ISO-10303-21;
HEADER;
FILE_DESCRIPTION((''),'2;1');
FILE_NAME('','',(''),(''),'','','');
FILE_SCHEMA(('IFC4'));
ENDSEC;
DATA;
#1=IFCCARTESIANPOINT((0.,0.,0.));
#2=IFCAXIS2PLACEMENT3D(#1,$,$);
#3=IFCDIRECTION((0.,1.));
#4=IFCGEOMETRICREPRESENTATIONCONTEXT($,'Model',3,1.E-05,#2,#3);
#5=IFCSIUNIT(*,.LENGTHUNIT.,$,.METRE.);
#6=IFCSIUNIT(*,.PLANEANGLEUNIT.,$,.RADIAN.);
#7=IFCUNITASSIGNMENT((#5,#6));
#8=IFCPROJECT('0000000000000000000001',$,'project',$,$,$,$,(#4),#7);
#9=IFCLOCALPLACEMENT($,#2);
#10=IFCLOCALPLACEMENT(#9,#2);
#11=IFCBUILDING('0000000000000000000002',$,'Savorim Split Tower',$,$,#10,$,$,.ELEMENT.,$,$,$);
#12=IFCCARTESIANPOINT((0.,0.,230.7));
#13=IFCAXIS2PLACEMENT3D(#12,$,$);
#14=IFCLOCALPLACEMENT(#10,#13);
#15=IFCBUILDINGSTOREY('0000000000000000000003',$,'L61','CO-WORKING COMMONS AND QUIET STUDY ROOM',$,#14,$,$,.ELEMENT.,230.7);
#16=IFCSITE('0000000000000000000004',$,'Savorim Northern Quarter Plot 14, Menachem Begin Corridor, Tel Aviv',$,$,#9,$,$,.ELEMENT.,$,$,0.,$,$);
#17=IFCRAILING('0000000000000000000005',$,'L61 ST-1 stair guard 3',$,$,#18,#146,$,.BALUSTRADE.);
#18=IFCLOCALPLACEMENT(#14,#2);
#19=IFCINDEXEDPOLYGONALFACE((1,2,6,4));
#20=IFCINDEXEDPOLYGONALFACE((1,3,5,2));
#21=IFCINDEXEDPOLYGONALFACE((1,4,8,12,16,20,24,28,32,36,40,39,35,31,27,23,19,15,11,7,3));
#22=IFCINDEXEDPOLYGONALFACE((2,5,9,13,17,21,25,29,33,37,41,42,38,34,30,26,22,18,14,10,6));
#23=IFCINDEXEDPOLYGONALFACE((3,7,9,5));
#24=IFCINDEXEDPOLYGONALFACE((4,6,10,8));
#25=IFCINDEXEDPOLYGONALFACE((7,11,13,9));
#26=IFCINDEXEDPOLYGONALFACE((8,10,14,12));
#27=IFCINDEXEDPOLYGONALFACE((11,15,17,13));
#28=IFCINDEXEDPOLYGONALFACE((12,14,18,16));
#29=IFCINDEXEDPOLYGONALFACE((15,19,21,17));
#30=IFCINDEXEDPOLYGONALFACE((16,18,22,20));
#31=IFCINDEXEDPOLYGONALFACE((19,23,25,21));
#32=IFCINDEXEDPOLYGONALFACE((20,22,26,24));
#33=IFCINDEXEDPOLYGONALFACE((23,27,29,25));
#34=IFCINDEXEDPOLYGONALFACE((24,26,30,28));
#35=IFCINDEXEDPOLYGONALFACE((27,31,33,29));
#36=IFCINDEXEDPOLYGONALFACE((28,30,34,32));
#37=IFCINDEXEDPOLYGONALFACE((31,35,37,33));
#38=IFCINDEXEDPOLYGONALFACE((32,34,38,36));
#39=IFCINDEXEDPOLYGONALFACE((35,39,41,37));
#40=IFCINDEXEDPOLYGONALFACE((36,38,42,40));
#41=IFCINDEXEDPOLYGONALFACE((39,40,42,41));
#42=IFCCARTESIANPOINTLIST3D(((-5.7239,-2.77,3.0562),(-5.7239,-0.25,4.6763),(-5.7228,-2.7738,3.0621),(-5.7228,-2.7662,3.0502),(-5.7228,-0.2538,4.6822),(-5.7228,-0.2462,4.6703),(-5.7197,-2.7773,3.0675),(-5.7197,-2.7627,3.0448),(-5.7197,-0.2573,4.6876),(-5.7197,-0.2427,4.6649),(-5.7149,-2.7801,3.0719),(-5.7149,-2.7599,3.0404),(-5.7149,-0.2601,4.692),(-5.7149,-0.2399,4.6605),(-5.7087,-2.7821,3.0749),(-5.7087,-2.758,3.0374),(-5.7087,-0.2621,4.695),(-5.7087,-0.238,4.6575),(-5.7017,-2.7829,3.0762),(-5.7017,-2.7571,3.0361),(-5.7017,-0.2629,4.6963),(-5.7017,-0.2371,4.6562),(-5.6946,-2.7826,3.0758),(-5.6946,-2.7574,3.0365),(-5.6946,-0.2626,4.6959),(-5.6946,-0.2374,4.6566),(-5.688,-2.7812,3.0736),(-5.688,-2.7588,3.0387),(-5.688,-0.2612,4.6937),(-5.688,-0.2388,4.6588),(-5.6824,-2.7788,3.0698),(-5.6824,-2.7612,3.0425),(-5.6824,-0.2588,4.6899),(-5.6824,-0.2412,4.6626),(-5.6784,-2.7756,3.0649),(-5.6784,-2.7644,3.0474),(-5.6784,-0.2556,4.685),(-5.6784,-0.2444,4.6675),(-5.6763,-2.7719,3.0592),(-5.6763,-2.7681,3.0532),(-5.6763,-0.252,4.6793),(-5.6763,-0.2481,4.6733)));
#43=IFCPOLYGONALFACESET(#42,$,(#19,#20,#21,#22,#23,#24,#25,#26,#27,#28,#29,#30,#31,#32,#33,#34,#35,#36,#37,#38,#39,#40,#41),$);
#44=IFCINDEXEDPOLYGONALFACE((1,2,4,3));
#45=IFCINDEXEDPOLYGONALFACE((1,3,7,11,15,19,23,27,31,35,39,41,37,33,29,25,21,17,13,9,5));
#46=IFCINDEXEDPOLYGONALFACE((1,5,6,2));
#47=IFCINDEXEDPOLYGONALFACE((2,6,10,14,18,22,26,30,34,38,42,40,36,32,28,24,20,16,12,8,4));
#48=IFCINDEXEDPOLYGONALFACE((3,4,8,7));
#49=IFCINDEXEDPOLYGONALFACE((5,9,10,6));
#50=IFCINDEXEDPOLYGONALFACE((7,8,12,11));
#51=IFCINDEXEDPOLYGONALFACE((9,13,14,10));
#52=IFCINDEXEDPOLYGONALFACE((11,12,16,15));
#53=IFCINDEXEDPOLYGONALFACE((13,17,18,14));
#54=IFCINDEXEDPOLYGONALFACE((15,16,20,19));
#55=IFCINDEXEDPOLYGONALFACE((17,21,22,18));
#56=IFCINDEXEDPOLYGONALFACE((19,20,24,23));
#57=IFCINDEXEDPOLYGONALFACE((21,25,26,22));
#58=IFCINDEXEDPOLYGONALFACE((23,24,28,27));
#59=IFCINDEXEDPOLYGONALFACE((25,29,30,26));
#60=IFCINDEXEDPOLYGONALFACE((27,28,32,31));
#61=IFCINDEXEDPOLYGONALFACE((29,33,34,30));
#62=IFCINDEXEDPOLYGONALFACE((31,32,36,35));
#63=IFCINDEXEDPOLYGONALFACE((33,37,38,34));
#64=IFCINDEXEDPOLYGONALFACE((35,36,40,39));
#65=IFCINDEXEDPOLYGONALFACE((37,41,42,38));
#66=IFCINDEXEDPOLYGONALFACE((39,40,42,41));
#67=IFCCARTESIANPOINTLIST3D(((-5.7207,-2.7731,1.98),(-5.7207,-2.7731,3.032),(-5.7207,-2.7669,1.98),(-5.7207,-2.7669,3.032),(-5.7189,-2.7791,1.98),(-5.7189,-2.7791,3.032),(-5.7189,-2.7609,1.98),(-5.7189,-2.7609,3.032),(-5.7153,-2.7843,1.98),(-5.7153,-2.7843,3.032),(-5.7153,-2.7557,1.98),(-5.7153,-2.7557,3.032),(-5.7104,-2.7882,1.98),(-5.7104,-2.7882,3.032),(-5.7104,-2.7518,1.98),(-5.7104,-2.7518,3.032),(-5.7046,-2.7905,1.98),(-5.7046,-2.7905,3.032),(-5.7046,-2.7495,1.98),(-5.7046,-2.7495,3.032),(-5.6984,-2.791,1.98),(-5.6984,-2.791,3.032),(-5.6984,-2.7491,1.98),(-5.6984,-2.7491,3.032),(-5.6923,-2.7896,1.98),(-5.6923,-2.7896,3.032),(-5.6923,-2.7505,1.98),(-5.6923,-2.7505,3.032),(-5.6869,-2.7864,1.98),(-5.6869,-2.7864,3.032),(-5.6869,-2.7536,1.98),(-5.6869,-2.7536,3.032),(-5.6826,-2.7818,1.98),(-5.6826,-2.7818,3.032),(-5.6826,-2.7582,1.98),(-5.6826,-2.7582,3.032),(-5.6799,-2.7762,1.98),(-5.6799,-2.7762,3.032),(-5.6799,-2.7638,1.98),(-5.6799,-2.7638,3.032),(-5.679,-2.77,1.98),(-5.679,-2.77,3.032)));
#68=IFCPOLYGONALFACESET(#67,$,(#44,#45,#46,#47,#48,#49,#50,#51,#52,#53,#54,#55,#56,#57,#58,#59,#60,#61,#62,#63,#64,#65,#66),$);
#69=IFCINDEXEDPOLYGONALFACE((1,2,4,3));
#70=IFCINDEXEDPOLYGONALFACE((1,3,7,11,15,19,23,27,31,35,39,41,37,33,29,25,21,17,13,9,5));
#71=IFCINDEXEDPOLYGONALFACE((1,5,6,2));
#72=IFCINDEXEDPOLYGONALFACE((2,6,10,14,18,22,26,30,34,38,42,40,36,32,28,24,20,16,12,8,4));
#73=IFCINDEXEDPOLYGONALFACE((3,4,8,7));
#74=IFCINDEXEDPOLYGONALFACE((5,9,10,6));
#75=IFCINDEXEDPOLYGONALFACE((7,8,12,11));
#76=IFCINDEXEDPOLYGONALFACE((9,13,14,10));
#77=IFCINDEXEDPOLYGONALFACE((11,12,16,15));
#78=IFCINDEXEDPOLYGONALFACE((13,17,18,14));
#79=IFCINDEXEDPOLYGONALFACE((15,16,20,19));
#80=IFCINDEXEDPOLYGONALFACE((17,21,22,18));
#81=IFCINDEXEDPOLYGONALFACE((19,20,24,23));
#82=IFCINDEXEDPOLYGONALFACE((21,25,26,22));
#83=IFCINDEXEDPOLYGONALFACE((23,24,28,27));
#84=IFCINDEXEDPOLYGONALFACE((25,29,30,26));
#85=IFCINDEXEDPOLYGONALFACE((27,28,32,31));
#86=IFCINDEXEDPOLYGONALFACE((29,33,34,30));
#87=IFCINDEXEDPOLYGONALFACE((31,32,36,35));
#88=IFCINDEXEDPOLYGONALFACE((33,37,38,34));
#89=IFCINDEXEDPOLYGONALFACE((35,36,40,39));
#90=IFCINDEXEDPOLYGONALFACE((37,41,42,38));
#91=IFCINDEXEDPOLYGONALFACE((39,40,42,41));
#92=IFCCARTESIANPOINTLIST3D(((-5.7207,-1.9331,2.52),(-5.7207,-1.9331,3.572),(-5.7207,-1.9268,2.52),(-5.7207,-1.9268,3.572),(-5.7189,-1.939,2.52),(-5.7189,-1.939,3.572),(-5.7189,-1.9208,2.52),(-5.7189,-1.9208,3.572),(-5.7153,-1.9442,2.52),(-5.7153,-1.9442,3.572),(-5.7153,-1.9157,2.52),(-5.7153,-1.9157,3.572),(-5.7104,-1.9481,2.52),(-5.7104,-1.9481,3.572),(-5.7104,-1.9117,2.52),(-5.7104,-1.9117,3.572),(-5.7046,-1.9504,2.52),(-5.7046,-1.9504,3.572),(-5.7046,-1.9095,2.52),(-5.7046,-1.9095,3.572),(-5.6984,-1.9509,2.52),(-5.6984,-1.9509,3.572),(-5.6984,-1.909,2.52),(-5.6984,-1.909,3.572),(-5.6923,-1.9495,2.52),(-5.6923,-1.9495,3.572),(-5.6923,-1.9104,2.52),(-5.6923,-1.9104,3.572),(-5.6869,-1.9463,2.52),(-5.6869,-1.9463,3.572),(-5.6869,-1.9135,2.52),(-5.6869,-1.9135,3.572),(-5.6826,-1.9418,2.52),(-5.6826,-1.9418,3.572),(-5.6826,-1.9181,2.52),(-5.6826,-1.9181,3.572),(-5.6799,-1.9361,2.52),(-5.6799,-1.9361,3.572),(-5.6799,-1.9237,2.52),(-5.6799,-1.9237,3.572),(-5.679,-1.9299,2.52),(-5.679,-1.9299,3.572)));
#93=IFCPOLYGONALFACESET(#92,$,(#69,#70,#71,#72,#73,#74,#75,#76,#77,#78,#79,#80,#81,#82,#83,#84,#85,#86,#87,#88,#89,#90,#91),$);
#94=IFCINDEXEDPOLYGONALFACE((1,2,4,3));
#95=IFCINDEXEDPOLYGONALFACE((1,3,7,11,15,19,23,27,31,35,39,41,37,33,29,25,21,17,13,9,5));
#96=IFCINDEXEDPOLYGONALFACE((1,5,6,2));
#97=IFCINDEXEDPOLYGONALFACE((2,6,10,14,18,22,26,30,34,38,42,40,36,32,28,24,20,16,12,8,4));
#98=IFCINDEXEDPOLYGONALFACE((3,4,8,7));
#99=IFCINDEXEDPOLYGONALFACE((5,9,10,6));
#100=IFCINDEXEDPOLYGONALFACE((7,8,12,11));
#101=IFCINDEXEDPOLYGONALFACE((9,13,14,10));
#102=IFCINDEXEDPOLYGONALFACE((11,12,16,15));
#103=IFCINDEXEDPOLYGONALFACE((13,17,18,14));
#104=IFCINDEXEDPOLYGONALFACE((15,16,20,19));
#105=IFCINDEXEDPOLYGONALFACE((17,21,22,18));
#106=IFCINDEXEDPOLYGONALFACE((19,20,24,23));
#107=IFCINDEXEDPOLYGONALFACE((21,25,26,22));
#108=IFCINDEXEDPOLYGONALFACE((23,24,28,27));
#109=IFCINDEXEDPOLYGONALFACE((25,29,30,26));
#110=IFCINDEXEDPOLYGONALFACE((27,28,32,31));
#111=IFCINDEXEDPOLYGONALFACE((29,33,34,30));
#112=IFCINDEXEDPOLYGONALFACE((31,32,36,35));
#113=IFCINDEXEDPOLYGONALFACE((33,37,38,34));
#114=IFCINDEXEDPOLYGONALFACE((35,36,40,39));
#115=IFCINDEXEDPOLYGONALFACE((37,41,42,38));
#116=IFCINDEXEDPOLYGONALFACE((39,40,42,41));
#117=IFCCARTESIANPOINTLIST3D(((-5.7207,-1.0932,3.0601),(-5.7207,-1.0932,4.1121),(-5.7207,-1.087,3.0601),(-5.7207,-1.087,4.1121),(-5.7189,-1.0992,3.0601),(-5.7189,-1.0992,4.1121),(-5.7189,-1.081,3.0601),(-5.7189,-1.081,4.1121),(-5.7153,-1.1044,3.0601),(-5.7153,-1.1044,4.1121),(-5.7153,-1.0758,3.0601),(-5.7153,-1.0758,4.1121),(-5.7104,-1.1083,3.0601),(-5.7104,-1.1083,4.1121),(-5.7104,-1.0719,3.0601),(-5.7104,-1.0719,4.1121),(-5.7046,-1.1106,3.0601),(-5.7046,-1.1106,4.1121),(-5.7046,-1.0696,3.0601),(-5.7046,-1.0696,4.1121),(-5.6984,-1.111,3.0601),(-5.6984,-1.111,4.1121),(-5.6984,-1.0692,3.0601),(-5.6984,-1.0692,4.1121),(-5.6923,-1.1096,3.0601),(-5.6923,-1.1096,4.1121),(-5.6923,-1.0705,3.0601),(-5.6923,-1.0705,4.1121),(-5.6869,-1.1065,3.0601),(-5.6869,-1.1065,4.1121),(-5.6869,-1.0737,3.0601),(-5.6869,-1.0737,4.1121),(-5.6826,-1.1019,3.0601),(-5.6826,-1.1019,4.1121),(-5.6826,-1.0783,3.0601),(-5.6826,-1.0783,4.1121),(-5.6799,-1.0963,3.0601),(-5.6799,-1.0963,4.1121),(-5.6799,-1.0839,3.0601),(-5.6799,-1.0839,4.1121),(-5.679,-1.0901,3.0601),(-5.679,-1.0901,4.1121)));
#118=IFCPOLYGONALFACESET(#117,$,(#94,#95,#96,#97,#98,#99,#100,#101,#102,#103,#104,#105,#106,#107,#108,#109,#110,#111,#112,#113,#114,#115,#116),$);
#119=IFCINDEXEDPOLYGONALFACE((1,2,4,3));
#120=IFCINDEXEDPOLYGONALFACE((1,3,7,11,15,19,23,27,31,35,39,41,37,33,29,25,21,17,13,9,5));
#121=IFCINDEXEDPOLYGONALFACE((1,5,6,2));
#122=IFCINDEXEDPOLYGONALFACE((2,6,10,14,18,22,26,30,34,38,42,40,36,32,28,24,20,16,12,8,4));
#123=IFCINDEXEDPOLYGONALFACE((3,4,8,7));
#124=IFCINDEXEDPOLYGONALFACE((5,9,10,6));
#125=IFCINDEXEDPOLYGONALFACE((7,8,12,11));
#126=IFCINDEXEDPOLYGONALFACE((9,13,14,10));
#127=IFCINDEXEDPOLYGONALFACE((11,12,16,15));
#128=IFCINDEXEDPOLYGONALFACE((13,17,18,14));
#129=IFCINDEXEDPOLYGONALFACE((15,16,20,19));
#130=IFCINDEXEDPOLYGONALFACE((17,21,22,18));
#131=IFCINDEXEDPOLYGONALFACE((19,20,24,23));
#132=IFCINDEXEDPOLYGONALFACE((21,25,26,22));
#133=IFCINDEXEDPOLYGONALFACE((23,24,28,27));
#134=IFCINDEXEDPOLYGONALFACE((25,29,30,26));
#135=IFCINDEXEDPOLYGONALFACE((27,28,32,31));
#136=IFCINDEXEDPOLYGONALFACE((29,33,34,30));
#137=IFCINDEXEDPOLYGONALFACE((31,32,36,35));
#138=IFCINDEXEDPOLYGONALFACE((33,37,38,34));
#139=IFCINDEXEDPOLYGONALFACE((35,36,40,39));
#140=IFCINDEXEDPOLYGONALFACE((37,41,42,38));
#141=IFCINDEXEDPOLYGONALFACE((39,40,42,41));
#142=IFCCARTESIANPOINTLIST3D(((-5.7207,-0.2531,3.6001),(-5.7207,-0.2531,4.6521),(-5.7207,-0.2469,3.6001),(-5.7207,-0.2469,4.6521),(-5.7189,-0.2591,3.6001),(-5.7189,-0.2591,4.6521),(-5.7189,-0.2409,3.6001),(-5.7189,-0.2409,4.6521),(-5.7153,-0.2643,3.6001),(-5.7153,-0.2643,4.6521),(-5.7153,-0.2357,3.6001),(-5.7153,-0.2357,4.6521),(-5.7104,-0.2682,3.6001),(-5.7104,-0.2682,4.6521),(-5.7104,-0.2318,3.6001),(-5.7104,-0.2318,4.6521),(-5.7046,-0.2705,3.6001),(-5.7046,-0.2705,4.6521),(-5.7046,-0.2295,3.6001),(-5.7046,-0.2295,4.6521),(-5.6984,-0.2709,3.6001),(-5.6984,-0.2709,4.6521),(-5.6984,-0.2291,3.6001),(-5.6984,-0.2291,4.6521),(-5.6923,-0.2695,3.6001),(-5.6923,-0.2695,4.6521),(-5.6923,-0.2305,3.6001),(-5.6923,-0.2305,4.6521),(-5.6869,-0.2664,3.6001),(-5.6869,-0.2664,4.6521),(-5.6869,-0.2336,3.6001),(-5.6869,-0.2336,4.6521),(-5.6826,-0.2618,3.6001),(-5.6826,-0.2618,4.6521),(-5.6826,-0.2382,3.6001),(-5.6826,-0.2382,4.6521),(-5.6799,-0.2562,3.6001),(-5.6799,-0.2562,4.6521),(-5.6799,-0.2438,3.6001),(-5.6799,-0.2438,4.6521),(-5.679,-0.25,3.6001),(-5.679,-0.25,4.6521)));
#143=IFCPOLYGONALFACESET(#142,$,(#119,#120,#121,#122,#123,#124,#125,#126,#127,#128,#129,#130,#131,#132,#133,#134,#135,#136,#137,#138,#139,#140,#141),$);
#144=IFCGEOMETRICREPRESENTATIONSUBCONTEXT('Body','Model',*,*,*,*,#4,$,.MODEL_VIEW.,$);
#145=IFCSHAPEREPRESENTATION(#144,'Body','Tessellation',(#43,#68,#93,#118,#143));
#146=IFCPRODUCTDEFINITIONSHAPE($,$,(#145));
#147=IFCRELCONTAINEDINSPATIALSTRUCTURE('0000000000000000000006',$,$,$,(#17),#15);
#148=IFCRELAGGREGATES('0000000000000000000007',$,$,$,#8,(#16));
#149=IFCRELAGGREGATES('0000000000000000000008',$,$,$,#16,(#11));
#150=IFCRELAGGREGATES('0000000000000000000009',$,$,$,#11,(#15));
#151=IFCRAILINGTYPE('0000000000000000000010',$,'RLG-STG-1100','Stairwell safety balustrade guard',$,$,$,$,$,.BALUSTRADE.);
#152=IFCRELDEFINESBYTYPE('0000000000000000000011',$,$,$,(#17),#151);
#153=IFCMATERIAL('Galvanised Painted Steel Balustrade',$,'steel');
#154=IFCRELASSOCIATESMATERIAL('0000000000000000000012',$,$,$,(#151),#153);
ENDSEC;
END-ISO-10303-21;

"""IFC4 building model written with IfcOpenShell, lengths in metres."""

from ifc_helpers import new_model, si_unit, direction, frame, origin, origin_2d, place, context, subcontext, project, spatial, circle, extrude, material, type_object, element, save


model = new_model("IFC4")

# Units and contexts
model_context = context("Model", 3, precision=1e-05, world=origin(), true_north=direction((0.0, 1.0)))
body_context = subcontext(model_context, "Body", "Model", "MODEL_VIEW")
ifc_project = project(units=[si_unit("LENGTHUNIT", "METRE"), si_unit("PLANEANGLEUNIT", "RADIAN")], contexts=[model_context])

# Site, building, storey
site_placement = place(None, origin())
site = spatial("IfcSite", under=ifc_project, at=site_placement, Name="Savorim Northern Quarter Plot 14, Menachem Begin Corridor, Tel Aviv", CompositionType="ELEMENT", RefElevation=0.0)
building_placement = place(site_placement, origin())
building = spatial("IfcBuilding", under=site, at=building_placement, Name="Savorim Split Tower", CompositionType="ELEMENT")
storey_placement = place(building_placement, frame((0.0, 0.0, 230.7)))
storey = spatial("IfcBuildingStorey", under=building, at=storey_placement, Name="L61", Description="CO-WORKING COMMONS AND QUIET STUDY ROOM", CompositionType="ELEMENT", Elevation=230.7)

# Railing
ifc_material_1 = material(Name="Galvanised Painted Steel Balustrade", Category="steel")
railing_type_1 = type_object("IfcRailingType", Name="RLG-STG-1100", Description="Stairwell safety balustrade guard", PredefinedType="BALUSTRADE", material=ifc_material_1)
railing_1_placement = place(storey_placement, frame((-5.7, -2.77, 1.98)))
element("IfcRailing", 1, at=railing_1_placement, inside=storey, type_object=railing_type_1, Name="L61 ST-1 stair guard 3", PredefinedType="BALUSTRADE", context=body_context, shape_type="SweptSolid", body=[
    extrude(circle(Radius=0.0239, at=origin_2d()), frame((0.0, 0.0, 1.0762), z_axis=(0.0, 0.841163, 0.540782), x_axis=(-1.0, 0.0, 0.0)), (0.0, 0.0, 1.0), 2.9958),
    extrude(circle(Radius=0.021, at=origin_2d()), origin(), (0.0, 0.0, 1.0), 1.052),
    extrude(circle(Radius=0.021, at=origin_2d()), frame((0.0, 0.8401, 0.54)), (0.0, 0.0, 1.0), 1.052),
    extrude(circle(Radius=0.021, at=origin_2d()), frame((0.0, 1.6799, 1.0801)), (0.0, 0.0, 1.0), 1.052),
    extrude(circle(Radius=0.021, at=origin_2d()), frame((0.0, 2.52, 1.6201)), (0.0, 0.0, 1.0), 1.052),
])

save(model, "model.ifc")
